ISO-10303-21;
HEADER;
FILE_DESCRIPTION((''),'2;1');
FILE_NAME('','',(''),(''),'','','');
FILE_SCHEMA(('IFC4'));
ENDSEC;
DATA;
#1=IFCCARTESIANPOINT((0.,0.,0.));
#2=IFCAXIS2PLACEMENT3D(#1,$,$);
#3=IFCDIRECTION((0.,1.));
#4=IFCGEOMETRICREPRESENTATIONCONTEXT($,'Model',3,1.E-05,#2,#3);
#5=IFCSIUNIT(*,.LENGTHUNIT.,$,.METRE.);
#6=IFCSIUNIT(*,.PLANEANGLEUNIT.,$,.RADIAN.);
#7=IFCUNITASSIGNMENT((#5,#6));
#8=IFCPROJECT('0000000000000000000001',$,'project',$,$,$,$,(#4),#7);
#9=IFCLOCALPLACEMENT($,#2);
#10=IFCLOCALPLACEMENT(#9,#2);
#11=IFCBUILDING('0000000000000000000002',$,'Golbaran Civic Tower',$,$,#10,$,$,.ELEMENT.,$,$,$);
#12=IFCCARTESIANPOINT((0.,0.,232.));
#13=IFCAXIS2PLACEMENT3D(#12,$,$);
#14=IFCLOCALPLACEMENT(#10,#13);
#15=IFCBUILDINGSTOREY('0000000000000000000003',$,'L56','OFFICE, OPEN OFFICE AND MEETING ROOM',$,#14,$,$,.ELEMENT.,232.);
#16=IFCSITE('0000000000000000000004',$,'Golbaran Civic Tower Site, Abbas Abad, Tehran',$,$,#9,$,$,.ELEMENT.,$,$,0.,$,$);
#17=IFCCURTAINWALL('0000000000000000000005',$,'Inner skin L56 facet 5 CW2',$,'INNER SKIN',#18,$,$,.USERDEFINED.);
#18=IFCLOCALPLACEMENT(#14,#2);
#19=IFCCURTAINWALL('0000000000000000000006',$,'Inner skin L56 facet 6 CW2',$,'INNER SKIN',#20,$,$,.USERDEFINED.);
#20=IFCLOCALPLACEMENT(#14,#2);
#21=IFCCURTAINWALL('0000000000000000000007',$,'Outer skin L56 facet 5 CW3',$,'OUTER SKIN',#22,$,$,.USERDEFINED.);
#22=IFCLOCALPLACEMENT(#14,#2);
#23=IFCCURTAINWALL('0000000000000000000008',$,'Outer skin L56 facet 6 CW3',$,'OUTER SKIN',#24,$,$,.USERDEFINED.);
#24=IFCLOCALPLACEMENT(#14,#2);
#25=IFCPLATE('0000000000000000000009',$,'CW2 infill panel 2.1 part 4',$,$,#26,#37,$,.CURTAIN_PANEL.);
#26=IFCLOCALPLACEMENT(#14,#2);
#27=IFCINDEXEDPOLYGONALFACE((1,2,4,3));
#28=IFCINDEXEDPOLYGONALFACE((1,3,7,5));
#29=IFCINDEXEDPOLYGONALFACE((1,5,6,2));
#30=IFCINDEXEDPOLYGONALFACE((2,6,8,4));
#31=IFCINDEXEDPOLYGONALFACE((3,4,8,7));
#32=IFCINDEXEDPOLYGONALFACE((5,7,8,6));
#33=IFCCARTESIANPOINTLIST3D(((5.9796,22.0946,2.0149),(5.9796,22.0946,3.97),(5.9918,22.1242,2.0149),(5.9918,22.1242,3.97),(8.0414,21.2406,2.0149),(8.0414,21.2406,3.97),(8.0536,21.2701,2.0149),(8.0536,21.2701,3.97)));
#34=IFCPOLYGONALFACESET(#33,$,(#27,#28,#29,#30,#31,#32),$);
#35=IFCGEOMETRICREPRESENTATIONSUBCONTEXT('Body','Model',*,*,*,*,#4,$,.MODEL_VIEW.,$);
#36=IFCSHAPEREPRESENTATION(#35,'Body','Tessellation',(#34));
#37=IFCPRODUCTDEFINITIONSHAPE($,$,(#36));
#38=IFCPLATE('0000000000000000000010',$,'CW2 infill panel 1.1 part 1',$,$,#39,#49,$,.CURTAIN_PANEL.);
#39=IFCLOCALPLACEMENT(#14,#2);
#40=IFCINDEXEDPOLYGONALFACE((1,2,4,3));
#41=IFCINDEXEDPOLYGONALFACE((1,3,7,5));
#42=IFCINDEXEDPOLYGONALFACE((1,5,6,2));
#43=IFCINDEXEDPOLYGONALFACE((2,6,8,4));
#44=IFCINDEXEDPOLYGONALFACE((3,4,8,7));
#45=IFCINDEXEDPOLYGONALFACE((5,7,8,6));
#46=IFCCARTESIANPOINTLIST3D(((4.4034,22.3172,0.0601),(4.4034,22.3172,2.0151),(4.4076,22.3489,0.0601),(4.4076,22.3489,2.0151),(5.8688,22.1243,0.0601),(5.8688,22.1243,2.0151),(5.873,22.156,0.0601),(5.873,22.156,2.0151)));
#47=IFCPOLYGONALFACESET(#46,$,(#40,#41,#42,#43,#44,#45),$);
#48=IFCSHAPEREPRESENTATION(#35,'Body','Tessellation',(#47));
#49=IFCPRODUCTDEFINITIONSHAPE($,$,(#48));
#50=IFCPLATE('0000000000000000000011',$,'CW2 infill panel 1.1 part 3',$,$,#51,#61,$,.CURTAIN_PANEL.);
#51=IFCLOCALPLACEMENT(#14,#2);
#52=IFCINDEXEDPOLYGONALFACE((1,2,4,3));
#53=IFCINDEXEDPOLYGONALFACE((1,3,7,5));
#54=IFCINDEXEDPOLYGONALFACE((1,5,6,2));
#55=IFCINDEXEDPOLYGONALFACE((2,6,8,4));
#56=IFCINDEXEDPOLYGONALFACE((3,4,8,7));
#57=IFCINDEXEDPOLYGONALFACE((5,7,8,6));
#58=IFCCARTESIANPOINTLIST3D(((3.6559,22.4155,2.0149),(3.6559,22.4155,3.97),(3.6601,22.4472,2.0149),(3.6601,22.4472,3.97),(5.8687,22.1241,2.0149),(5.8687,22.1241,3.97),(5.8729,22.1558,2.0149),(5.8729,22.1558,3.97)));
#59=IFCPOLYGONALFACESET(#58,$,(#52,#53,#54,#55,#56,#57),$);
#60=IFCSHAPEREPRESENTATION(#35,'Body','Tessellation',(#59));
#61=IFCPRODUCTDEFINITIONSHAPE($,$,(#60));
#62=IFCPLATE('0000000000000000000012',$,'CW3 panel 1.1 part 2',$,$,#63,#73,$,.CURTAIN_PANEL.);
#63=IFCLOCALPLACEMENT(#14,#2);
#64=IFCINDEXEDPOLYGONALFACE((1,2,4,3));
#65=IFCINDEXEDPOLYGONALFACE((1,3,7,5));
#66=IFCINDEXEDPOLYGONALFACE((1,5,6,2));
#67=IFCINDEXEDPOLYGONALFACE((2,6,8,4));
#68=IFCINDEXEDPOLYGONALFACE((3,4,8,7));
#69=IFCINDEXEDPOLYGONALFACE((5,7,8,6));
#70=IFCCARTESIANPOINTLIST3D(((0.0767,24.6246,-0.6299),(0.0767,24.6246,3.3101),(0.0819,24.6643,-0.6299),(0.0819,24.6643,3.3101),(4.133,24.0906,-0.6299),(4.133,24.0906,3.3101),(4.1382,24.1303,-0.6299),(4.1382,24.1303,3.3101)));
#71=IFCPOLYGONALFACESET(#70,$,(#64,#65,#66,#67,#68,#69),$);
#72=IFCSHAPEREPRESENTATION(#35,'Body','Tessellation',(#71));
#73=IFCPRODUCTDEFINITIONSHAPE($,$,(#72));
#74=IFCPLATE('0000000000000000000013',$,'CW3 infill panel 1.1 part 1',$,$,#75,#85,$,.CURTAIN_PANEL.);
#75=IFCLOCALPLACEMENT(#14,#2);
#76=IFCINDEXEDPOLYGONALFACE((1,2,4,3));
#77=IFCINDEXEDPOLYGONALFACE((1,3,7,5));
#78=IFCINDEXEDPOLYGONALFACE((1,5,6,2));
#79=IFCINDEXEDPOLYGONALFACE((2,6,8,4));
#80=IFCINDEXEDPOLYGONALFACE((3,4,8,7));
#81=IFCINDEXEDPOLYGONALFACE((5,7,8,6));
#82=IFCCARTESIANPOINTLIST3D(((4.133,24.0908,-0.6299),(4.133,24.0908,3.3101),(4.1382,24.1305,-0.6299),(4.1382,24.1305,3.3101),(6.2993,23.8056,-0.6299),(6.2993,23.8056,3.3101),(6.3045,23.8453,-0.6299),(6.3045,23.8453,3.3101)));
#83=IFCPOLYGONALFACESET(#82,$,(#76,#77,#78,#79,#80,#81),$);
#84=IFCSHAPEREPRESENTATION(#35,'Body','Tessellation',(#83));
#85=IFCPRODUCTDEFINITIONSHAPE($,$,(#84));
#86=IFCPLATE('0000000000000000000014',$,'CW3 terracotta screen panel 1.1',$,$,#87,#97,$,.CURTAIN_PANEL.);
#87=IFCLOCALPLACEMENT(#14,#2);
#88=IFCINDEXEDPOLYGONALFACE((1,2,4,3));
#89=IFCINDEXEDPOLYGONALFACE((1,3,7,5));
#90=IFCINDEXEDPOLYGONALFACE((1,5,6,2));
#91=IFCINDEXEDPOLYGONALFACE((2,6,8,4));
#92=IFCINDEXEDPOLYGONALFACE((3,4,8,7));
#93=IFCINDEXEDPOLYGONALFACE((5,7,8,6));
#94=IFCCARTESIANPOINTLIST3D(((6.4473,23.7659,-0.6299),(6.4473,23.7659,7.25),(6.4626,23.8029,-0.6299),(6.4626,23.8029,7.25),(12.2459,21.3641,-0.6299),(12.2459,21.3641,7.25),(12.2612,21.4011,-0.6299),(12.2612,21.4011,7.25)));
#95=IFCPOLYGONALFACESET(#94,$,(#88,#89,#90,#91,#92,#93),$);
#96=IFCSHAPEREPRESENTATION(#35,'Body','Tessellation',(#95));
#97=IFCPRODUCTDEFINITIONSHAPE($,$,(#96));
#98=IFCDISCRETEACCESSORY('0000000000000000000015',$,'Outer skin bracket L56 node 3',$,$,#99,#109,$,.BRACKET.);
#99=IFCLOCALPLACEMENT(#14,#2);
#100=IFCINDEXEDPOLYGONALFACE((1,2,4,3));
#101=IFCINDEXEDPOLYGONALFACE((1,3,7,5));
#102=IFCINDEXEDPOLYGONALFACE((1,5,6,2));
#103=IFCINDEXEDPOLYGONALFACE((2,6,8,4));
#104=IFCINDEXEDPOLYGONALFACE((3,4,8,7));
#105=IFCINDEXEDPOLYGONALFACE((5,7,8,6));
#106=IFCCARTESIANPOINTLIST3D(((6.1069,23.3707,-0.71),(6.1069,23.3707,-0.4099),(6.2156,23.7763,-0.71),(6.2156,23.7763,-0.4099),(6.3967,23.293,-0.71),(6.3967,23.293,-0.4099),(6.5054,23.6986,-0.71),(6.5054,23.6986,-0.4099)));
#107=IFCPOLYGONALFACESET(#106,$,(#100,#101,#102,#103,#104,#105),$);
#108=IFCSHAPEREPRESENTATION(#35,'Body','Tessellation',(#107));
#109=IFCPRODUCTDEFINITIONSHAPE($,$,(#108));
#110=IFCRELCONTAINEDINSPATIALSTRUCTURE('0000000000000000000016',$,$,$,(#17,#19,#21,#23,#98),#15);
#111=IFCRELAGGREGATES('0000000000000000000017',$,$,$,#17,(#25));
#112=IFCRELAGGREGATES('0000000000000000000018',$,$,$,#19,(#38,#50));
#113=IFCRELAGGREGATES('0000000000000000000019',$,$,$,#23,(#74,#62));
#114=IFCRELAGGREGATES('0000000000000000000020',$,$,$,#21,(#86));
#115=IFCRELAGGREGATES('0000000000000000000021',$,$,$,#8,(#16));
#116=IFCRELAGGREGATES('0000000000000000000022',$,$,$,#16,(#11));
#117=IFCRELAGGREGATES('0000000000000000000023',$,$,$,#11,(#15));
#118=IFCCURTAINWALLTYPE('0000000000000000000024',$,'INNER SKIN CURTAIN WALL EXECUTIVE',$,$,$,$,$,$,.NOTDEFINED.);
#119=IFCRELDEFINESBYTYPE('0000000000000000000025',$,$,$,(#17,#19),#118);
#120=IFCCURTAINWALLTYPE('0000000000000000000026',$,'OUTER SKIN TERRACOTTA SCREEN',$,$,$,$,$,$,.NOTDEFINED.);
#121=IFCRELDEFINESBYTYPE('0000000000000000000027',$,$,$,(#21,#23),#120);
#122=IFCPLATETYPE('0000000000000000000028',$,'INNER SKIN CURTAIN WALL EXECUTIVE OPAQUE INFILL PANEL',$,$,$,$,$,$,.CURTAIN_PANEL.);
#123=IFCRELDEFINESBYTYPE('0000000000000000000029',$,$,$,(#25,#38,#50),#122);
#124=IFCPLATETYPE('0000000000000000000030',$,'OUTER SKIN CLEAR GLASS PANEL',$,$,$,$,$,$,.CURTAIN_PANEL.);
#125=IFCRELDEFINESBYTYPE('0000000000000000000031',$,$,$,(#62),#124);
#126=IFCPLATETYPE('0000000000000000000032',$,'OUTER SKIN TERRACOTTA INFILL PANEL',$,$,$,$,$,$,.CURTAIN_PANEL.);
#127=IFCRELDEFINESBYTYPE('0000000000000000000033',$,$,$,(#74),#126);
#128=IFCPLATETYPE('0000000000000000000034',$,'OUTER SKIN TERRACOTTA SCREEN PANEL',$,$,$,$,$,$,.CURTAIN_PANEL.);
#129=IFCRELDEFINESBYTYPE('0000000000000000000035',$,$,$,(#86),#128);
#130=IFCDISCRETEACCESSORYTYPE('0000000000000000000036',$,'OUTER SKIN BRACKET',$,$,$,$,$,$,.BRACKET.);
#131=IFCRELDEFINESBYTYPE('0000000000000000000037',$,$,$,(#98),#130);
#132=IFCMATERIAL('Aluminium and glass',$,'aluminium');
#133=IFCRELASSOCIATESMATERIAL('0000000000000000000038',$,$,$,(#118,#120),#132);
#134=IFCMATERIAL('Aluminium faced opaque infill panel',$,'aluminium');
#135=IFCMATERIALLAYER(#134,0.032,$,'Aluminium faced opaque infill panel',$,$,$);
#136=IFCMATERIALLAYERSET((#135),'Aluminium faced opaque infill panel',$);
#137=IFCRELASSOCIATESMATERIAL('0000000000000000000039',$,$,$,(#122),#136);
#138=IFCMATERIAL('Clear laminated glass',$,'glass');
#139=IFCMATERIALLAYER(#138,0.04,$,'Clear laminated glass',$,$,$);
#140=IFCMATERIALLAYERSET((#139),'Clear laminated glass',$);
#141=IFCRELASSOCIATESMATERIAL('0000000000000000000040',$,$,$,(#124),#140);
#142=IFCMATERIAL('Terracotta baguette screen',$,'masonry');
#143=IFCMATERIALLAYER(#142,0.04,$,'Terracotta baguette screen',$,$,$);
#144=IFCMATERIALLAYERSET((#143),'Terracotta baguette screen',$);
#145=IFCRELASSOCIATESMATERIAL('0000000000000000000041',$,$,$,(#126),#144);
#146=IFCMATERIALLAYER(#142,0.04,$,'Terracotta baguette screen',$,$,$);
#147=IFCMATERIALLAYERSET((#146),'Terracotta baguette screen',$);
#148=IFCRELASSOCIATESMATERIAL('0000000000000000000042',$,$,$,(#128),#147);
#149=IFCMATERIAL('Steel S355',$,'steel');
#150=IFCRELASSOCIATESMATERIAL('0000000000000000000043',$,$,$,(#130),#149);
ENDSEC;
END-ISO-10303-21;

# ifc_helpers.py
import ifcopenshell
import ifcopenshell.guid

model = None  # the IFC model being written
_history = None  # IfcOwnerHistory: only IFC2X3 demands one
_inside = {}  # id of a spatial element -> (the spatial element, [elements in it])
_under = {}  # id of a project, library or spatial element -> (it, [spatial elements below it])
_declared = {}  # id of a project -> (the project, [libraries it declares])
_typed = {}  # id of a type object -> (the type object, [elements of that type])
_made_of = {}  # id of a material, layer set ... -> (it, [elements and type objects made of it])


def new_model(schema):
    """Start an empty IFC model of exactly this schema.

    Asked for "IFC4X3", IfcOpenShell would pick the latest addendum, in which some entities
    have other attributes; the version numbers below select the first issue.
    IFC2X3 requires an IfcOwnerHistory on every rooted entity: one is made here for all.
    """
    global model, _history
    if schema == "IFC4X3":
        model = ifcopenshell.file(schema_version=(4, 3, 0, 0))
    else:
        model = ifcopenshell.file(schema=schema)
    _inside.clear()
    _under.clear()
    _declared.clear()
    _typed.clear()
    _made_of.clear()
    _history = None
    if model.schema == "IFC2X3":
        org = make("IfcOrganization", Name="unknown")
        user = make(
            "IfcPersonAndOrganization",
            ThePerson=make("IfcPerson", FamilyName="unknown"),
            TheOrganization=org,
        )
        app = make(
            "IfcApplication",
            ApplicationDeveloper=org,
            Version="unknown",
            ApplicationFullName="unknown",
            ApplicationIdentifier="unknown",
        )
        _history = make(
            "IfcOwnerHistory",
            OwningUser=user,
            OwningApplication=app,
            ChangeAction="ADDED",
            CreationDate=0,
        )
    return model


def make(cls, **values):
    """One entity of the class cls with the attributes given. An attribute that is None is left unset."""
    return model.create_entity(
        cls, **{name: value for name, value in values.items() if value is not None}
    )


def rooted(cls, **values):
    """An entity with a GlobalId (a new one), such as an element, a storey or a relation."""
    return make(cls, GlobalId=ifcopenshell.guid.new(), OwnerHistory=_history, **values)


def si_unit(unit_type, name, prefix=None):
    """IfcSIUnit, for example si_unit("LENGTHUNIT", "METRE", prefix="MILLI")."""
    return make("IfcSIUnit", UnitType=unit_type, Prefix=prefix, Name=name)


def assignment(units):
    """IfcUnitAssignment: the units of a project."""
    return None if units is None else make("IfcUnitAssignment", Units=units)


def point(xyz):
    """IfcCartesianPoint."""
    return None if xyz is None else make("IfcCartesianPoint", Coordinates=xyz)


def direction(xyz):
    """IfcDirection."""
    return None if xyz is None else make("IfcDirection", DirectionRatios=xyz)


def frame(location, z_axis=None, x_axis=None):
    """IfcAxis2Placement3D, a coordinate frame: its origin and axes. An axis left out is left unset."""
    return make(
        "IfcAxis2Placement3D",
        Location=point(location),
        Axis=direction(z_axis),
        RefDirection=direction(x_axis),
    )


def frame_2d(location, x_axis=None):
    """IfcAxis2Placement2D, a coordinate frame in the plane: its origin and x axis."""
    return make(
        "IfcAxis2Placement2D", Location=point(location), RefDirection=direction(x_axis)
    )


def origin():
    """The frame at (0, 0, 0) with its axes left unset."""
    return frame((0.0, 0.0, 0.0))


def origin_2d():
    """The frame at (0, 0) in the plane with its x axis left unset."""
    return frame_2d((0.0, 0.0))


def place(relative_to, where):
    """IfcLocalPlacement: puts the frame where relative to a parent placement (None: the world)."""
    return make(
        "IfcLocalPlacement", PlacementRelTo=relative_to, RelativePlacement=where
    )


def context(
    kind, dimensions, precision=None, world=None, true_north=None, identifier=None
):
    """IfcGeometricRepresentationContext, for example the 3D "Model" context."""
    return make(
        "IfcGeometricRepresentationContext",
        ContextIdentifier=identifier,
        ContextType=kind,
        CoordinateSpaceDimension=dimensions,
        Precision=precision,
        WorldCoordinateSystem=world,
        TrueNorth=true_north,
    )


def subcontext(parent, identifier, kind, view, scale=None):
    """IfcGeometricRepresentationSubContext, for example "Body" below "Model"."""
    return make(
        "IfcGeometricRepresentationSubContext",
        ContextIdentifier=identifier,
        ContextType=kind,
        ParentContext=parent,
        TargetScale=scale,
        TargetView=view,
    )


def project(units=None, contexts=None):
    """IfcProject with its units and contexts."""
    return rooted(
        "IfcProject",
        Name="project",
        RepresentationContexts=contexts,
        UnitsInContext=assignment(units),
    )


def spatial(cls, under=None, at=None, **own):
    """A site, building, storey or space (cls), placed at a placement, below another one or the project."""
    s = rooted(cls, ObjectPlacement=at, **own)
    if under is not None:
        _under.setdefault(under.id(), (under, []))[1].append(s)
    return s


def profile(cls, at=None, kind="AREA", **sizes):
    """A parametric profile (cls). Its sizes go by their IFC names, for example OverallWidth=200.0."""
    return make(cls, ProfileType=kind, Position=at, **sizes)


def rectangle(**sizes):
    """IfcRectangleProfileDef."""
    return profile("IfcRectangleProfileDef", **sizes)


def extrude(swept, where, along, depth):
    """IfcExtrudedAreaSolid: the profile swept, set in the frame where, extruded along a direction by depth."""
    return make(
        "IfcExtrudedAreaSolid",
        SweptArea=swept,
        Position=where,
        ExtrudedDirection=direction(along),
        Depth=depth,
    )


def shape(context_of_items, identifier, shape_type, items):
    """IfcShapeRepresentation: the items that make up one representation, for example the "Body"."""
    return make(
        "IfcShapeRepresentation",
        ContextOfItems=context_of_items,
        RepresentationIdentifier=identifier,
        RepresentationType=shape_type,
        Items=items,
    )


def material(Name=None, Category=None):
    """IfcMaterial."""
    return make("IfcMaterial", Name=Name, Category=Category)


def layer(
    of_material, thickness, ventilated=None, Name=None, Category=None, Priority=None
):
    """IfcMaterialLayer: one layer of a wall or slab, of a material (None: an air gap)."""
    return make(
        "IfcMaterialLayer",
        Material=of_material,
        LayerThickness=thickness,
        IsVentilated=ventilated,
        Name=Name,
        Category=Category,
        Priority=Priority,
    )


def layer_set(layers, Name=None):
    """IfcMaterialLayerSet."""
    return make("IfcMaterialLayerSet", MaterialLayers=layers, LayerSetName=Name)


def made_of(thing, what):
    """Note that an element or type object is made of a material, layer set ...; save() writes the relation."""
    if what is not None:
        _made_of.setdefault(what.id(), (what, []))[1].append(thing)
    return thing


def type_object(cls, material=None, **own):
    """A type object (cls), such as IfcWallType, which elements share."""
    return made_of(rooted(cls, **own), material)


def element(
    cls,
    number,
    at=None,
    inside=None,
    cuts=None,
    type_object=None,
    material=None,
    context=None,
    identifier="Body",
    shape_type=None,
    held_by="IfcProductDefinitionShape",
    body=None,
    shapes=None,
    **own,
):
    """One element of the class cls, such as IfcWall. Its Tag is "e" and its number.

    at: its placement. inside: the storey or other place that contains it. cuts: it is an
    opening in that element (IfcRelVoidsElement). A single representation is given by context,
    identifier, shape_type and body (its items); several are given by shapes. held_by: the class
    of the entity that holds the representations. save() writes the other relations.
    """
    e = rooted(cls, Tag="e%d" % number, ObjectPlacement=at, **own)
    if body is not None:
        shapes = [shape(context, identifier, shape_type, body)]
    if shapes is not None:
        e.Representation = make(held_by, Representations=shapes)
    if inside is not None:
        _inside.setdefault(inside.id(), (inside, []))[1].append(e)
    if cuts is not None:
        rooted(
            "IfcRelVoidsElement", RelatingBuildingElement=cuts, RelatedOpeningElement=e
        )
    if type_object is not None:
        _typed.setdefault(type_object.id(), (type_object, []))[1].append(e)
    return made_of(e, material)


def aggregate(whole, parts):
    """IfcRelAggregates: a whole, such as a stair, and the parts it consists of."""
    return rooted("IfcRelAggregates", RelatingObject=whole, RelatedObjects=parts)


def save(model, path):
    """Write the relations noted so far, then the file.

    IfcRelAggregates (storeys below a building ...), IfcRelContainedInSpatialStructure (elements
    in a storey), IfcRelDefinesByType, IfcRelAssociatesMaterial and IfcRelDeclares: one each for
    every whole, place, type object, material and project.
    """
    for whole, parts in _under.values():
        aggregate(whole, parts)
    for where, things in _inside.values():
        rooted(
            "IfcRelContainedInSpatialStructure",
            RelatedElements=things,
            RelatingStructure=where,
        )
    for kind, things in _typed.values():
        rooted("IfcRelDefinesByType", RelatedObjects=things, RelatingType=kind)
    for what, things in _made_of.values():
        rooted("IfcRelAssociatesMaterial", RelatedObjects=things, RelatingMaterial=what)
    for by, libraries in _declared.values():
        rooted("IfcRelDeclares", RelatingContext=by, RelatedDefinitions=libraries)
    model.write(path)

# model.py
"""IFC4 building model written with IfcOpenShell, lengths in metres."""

from ifc_helpers import new_model, si_unit, direction, frame, origin, origin_2d, place, context, subcontext, project, spatial, rectangle, extrude, material, layer, layer_set, type_object, element, aggregate, save


model = new_model("IFC4")

# Units and contexts
model_context = context("Model", 3, precision=1e-05, world=origin(), true_north=direction((0.0, 1.0)))
body_context = subcontext(model_context, "Body", "Model", "MODEL_VIEW")
ifc_project = project(units=[si_unit("LENGTHUNIT", "METRE"), si_unit("PLANEANGLEUNIT", "RADIAN")], contexts=[model_context])

# Site, building, storey
site_placement = place(None, origin())
site = spatial("IfcSite", under=ifc_project, at=site_placement, Name="Golbaran Civic Tower Site, Abbas Abad, Tehran", CompositionType="ELEMENT", RefElevation=0.0)
building_placement = place(site_placement, origin())
building = spatial("IfcBuilding", under=site, at=building_placement, Name="Golbaran Civic Tower", CompositionType="ELEMENT")
storey_placement = place(building_placement, frame((0.0, 0.0, 232.0)))
storey = spatial("IfcBuildingStorey", under=building, at=storey_placement, Name="L56", Description="OFFICE, OPEN OFFICE AND MEETING ROOM", CompositionType="ELEMENT", Elevation=232.0)

# Shared definitions
ifc_material_1 = material(Name="Steel S355", Category="steel")

# Curtain wall
ifc_material_2 = material(Name="Aluminium and glass", Category="aluminium")
curtain_wall_type_1 = type_object("IfcCurtainWallType", Name="INNER SKIN CURTAIN WALL EXECUTIVE", PredefinedType="NOTDEFINED", material=ifc_material_2)
curtain_wall_1_placement = place(storey_placement, origin())
curtain_wall_1 = element("IfcCurtainWall", 1, at=curtain_wall_1_placement, inside=storey, type_object=curtain_wall_type_1, Name="Inner skin L56 facet 5 CW2", ObjectType="INNER SKIN", PredefinedType="USERDEFINED")

# Curtain wall
curtain_wall_2_placement = place(storey_placement, origin())
curtain_wall_2 = element("IfcCurtainWall", 2, at=curtain_wall_2_placement, inside=storey, type_object=curtain_wall_type_1, Name="Inner skin L56 facet 6 CW2", ObjectType="INNER SKIN", PredefinedType="USERDEFINED")

# Shared definitions
curtain_wall_type_2 = type_object("IfcCurtainWallType", Name="OUTER SKIN TERRACOTTA SCREEN", PredefinedType="NOTDEFINED", material=ifc_material_2)

# Curtain walls
curtain_wall_3_placement = place(storey_placement, origin())
curtain_wall_3 = element("IfcCurtainWall", 3, at=curtain_wall_3_placement, inside=storey, type_object=curtain_wall_type_2, Name="Outer skin L56 facet 5 CW3", ObjectType="OUTER SKIN", PredefinedType="USERDEFINED")
curtain_wall_4_placement = place(storey_placement, origin())
curtain_wall_4 = element("IfcCurtainWall", 4, at=curtain_wall_4_placement, inside=storey, type_object=curtain_wall_type_2, Name="Outer skin L56 facet 6 CW3", ObjectType="OUTER SKIN", PredefinedType="USERDEFINED")

# Plates
ifc_material_3 = material(Name="Aluminium faced opaque infill panel", Category="aluminium")
ifc_layer_1 = layer(ifc_material_3, 0.032, Name="Aluminium faced opaque infill panel")
ifc_layer_set_1 = layer_set([ifc_layer_1], Name="Aluminium faced opaque infill panel")
plate_type_1 = type_object("IfcPlateType", Name="INNER SKIN CURTAIN WALL EXECUTIVE OPAQUE INFILL PANEL", PredefinedType="CURTAIN_PANEL", material=ifc_layer_set_1)
plate_1_placement = place(storey_placement, frame((7.0166, 21.6824, 2.0149), z_axis=(0.0, 0.0, 1.0), x_axis=(-0.92388, 0.382683, 0.0)))
plate_1 = element("IfcPlate", 5, at=plate_1_placement, type_object=plate_type_1, Name="CW2 infill panel 2.1 part 4", PredefinedType="CURTAIN_PANEL", context=body_context, shape_type="SweptSolid", body=[
    extrude(rectangle(XDim=2.2317, YDim=0.032, at=origin_2d()), origin(), (0.0, 0.0, 1.0), 1.9551),
])
aggregate(curtain_wall_1, [plate_1])
plate_2_placement = place(storey_placement, frame((5.1382, 22.2366, 0.0601), z_axis=(0.0, 0.0, 1.0), x_axis=(-0.991445, 0.130526, 0.0)))
plate_2 = element("IfcPlate", 6, at=plate_2_placement, type_object=plate_type_1, Name="CW2 infill panel 1.1 part 1", PredefinedType="CURTAIN_PANEL", context=body_context, shape_type="SweptSolid", body=[
    extrude(rectangle(XDim=1.478, YDim=0.032, at=origin_2d()), origin(), (0.0, 0.0, 1.0), 1.9551),
])
plate_3_placement = place(storey_placement, frame((4.7644, 22.2856, 2.0149), z_axis=(0.0, 0.0, 1.0), x_axis=(-0.991445, 0.130526, 0.0)))
plate_3 = element("IfcPlate", 7, at=plate_3_placement, type_object=plate_type_1, Name="CW2 infill panel 1.1 part 3", PredefinedType="CURTAIN_PANEL", context=body_context, shape_type="SweptSolid", body=[
    extrude(rectangle(XDim=2.2319, YDim=0.032, at=origin_2d()), origin(), (0.0, 0.0, 1.0), 1.9551),
])
aggregate(curtain_wall_2, [plate_2, plate_3])
ifc_material_4 = material(Name="Clear laminated glass", Category="glass")
ifc_layer_2 = layer(ifc_material_4, 0.04, Name="Clear laminated glass")
ifc_layer_set_2 = layer_set([ifc_layer_2], Name="Clear laminated glass")
plate_type_2 = type_object("IfcPlateType", Name="OUTER SKIN CLEAR GLASS PANEL", PredefinedType="CURTAIN_PANEL", material=ifc_layer_set_2)
plate_4_placement = place(storey_placement, frame((2.1074, 24.3774, -0.6299), z_axis=(0.0, 0.0, 1.0), x_axis=(-0.991445, 0.130526, 0.0)))
plate_4 = element("IfcPlate", 8, at=plate_4_placement, type_object=plate_type_2, Name="CW3 panel 1.1 part 2", PredefinedType="CURTAIN_PANEL", context=body_context, shape_type="SweptSolid", body=[
    extrude(rectangle(XDim=4.0913, YDim=0.04, at=origin_2d()), origin(), (0.0, 0.0, 1.0), 3.9399),
])
ifc_material_5 = material(Name="Terracotta baguette screen", Category="masonry")
ifc_layer_3 = layer(ifc_material_5, 0.04, Name="Terracotta baguette screen")
ifc_layer_set_3 = layer_set([ifc_layer_3], Name="Terracotta baguette screen")
plate_type_3 = type_object("IfcPlateType", Name="OUTER SKIN TERRACOTTA INFILL PANEL", PredefinedType="CURTAIN_PANEL", material=ifc_layer_set_3)
plate_5_placement = place(storey_placement, frame((5.2188, 23.968, -0.6299), z_axis=(0.0, 0.0, 1.0), x_axis=(-0.991445, 0.130526, 0.0)))
plate_5 = element("IfcPlate", 9, at=plate_5_placement, type_object=plate_type_3, Name="CW3 infill panel 1.1 part 1", PredefinedType="CURTAIN_PANEL", context=body_context, shape_type="SweptSolid", body=[
    extrude(rectangle(XDim=2.1851, YDim=0.04, at=origin_2d()), origin(), (0.0, 0.0, 1.0), 3.9399),
])
aggregate(curtain_wall_4, [plate_5, plate_4])
ifc_layer_4 = layer(ifc_material_5, 0.04, Name="Terracotta baguette screen")
ifc_layer_set_4 = layer_set([ifc_layer_4], Name="Terracotta baguette screen")
plate_type_4 = type_object("IfcPlateType", Name="OUTER SKIN TERRACOTTA SCREEN PANEL", PredefinedType="CURTAIN_PANEL", material=ifc_layer_set_4)
plate_6_placement = place(storey_placement, frame((9.3542, 22.5835, -0.6299), z_axis=(0.0, 0.0, 1.0), x_axis=(-0.92388, 0.382683, 0.0)))
plate_6 = element("IfcPlate", 10, at=plate_6_placement, type_object=plate_type_4, Name="CW3 terracotta screen panel 1.1", PredefinedType="CURTAIN_PANEL", context=body_context, shape_type="SweptSolid", body=[
    extrude(rectangle(XDim=6.2764, YDim=0.04, at=origin_2d()), origin(), (0.0, 0.0, 1.0), 7.8799),
])
aggregate(curtain_wall_3, [plate_6])

# Discrete accessory
discrete_accessory_type = type_object("IfcDiscreteAccessoryType", Name="OUTER SKIN BRACKET", PredefinedType="BRACKET", material=ifc_material_1)
discrete_accessory_placement = place(storey_placement, frame((6.3062, 23.5347, -0.71), z_axis=(0.0, 0.0, 1.0), x_axis=(0.258819, 0.965926, 0.0)))
element("IfcDiscreteAccessory", 11, at=discrete_accessory_placement, inside=storey, type_object=discrete_accessory_type, Name="Outer skin bracket L56 node 3", PredefinedType="BRACKET", context=body_context, shape_type="SweptSolid", body=[
    extrude(rectangle(XDim=0.4199, YDim=0.3, at=origin_2d()), origin(), (0.0, 0.0, 1.0), 0.3),
])

save(model, "model.ifc")
